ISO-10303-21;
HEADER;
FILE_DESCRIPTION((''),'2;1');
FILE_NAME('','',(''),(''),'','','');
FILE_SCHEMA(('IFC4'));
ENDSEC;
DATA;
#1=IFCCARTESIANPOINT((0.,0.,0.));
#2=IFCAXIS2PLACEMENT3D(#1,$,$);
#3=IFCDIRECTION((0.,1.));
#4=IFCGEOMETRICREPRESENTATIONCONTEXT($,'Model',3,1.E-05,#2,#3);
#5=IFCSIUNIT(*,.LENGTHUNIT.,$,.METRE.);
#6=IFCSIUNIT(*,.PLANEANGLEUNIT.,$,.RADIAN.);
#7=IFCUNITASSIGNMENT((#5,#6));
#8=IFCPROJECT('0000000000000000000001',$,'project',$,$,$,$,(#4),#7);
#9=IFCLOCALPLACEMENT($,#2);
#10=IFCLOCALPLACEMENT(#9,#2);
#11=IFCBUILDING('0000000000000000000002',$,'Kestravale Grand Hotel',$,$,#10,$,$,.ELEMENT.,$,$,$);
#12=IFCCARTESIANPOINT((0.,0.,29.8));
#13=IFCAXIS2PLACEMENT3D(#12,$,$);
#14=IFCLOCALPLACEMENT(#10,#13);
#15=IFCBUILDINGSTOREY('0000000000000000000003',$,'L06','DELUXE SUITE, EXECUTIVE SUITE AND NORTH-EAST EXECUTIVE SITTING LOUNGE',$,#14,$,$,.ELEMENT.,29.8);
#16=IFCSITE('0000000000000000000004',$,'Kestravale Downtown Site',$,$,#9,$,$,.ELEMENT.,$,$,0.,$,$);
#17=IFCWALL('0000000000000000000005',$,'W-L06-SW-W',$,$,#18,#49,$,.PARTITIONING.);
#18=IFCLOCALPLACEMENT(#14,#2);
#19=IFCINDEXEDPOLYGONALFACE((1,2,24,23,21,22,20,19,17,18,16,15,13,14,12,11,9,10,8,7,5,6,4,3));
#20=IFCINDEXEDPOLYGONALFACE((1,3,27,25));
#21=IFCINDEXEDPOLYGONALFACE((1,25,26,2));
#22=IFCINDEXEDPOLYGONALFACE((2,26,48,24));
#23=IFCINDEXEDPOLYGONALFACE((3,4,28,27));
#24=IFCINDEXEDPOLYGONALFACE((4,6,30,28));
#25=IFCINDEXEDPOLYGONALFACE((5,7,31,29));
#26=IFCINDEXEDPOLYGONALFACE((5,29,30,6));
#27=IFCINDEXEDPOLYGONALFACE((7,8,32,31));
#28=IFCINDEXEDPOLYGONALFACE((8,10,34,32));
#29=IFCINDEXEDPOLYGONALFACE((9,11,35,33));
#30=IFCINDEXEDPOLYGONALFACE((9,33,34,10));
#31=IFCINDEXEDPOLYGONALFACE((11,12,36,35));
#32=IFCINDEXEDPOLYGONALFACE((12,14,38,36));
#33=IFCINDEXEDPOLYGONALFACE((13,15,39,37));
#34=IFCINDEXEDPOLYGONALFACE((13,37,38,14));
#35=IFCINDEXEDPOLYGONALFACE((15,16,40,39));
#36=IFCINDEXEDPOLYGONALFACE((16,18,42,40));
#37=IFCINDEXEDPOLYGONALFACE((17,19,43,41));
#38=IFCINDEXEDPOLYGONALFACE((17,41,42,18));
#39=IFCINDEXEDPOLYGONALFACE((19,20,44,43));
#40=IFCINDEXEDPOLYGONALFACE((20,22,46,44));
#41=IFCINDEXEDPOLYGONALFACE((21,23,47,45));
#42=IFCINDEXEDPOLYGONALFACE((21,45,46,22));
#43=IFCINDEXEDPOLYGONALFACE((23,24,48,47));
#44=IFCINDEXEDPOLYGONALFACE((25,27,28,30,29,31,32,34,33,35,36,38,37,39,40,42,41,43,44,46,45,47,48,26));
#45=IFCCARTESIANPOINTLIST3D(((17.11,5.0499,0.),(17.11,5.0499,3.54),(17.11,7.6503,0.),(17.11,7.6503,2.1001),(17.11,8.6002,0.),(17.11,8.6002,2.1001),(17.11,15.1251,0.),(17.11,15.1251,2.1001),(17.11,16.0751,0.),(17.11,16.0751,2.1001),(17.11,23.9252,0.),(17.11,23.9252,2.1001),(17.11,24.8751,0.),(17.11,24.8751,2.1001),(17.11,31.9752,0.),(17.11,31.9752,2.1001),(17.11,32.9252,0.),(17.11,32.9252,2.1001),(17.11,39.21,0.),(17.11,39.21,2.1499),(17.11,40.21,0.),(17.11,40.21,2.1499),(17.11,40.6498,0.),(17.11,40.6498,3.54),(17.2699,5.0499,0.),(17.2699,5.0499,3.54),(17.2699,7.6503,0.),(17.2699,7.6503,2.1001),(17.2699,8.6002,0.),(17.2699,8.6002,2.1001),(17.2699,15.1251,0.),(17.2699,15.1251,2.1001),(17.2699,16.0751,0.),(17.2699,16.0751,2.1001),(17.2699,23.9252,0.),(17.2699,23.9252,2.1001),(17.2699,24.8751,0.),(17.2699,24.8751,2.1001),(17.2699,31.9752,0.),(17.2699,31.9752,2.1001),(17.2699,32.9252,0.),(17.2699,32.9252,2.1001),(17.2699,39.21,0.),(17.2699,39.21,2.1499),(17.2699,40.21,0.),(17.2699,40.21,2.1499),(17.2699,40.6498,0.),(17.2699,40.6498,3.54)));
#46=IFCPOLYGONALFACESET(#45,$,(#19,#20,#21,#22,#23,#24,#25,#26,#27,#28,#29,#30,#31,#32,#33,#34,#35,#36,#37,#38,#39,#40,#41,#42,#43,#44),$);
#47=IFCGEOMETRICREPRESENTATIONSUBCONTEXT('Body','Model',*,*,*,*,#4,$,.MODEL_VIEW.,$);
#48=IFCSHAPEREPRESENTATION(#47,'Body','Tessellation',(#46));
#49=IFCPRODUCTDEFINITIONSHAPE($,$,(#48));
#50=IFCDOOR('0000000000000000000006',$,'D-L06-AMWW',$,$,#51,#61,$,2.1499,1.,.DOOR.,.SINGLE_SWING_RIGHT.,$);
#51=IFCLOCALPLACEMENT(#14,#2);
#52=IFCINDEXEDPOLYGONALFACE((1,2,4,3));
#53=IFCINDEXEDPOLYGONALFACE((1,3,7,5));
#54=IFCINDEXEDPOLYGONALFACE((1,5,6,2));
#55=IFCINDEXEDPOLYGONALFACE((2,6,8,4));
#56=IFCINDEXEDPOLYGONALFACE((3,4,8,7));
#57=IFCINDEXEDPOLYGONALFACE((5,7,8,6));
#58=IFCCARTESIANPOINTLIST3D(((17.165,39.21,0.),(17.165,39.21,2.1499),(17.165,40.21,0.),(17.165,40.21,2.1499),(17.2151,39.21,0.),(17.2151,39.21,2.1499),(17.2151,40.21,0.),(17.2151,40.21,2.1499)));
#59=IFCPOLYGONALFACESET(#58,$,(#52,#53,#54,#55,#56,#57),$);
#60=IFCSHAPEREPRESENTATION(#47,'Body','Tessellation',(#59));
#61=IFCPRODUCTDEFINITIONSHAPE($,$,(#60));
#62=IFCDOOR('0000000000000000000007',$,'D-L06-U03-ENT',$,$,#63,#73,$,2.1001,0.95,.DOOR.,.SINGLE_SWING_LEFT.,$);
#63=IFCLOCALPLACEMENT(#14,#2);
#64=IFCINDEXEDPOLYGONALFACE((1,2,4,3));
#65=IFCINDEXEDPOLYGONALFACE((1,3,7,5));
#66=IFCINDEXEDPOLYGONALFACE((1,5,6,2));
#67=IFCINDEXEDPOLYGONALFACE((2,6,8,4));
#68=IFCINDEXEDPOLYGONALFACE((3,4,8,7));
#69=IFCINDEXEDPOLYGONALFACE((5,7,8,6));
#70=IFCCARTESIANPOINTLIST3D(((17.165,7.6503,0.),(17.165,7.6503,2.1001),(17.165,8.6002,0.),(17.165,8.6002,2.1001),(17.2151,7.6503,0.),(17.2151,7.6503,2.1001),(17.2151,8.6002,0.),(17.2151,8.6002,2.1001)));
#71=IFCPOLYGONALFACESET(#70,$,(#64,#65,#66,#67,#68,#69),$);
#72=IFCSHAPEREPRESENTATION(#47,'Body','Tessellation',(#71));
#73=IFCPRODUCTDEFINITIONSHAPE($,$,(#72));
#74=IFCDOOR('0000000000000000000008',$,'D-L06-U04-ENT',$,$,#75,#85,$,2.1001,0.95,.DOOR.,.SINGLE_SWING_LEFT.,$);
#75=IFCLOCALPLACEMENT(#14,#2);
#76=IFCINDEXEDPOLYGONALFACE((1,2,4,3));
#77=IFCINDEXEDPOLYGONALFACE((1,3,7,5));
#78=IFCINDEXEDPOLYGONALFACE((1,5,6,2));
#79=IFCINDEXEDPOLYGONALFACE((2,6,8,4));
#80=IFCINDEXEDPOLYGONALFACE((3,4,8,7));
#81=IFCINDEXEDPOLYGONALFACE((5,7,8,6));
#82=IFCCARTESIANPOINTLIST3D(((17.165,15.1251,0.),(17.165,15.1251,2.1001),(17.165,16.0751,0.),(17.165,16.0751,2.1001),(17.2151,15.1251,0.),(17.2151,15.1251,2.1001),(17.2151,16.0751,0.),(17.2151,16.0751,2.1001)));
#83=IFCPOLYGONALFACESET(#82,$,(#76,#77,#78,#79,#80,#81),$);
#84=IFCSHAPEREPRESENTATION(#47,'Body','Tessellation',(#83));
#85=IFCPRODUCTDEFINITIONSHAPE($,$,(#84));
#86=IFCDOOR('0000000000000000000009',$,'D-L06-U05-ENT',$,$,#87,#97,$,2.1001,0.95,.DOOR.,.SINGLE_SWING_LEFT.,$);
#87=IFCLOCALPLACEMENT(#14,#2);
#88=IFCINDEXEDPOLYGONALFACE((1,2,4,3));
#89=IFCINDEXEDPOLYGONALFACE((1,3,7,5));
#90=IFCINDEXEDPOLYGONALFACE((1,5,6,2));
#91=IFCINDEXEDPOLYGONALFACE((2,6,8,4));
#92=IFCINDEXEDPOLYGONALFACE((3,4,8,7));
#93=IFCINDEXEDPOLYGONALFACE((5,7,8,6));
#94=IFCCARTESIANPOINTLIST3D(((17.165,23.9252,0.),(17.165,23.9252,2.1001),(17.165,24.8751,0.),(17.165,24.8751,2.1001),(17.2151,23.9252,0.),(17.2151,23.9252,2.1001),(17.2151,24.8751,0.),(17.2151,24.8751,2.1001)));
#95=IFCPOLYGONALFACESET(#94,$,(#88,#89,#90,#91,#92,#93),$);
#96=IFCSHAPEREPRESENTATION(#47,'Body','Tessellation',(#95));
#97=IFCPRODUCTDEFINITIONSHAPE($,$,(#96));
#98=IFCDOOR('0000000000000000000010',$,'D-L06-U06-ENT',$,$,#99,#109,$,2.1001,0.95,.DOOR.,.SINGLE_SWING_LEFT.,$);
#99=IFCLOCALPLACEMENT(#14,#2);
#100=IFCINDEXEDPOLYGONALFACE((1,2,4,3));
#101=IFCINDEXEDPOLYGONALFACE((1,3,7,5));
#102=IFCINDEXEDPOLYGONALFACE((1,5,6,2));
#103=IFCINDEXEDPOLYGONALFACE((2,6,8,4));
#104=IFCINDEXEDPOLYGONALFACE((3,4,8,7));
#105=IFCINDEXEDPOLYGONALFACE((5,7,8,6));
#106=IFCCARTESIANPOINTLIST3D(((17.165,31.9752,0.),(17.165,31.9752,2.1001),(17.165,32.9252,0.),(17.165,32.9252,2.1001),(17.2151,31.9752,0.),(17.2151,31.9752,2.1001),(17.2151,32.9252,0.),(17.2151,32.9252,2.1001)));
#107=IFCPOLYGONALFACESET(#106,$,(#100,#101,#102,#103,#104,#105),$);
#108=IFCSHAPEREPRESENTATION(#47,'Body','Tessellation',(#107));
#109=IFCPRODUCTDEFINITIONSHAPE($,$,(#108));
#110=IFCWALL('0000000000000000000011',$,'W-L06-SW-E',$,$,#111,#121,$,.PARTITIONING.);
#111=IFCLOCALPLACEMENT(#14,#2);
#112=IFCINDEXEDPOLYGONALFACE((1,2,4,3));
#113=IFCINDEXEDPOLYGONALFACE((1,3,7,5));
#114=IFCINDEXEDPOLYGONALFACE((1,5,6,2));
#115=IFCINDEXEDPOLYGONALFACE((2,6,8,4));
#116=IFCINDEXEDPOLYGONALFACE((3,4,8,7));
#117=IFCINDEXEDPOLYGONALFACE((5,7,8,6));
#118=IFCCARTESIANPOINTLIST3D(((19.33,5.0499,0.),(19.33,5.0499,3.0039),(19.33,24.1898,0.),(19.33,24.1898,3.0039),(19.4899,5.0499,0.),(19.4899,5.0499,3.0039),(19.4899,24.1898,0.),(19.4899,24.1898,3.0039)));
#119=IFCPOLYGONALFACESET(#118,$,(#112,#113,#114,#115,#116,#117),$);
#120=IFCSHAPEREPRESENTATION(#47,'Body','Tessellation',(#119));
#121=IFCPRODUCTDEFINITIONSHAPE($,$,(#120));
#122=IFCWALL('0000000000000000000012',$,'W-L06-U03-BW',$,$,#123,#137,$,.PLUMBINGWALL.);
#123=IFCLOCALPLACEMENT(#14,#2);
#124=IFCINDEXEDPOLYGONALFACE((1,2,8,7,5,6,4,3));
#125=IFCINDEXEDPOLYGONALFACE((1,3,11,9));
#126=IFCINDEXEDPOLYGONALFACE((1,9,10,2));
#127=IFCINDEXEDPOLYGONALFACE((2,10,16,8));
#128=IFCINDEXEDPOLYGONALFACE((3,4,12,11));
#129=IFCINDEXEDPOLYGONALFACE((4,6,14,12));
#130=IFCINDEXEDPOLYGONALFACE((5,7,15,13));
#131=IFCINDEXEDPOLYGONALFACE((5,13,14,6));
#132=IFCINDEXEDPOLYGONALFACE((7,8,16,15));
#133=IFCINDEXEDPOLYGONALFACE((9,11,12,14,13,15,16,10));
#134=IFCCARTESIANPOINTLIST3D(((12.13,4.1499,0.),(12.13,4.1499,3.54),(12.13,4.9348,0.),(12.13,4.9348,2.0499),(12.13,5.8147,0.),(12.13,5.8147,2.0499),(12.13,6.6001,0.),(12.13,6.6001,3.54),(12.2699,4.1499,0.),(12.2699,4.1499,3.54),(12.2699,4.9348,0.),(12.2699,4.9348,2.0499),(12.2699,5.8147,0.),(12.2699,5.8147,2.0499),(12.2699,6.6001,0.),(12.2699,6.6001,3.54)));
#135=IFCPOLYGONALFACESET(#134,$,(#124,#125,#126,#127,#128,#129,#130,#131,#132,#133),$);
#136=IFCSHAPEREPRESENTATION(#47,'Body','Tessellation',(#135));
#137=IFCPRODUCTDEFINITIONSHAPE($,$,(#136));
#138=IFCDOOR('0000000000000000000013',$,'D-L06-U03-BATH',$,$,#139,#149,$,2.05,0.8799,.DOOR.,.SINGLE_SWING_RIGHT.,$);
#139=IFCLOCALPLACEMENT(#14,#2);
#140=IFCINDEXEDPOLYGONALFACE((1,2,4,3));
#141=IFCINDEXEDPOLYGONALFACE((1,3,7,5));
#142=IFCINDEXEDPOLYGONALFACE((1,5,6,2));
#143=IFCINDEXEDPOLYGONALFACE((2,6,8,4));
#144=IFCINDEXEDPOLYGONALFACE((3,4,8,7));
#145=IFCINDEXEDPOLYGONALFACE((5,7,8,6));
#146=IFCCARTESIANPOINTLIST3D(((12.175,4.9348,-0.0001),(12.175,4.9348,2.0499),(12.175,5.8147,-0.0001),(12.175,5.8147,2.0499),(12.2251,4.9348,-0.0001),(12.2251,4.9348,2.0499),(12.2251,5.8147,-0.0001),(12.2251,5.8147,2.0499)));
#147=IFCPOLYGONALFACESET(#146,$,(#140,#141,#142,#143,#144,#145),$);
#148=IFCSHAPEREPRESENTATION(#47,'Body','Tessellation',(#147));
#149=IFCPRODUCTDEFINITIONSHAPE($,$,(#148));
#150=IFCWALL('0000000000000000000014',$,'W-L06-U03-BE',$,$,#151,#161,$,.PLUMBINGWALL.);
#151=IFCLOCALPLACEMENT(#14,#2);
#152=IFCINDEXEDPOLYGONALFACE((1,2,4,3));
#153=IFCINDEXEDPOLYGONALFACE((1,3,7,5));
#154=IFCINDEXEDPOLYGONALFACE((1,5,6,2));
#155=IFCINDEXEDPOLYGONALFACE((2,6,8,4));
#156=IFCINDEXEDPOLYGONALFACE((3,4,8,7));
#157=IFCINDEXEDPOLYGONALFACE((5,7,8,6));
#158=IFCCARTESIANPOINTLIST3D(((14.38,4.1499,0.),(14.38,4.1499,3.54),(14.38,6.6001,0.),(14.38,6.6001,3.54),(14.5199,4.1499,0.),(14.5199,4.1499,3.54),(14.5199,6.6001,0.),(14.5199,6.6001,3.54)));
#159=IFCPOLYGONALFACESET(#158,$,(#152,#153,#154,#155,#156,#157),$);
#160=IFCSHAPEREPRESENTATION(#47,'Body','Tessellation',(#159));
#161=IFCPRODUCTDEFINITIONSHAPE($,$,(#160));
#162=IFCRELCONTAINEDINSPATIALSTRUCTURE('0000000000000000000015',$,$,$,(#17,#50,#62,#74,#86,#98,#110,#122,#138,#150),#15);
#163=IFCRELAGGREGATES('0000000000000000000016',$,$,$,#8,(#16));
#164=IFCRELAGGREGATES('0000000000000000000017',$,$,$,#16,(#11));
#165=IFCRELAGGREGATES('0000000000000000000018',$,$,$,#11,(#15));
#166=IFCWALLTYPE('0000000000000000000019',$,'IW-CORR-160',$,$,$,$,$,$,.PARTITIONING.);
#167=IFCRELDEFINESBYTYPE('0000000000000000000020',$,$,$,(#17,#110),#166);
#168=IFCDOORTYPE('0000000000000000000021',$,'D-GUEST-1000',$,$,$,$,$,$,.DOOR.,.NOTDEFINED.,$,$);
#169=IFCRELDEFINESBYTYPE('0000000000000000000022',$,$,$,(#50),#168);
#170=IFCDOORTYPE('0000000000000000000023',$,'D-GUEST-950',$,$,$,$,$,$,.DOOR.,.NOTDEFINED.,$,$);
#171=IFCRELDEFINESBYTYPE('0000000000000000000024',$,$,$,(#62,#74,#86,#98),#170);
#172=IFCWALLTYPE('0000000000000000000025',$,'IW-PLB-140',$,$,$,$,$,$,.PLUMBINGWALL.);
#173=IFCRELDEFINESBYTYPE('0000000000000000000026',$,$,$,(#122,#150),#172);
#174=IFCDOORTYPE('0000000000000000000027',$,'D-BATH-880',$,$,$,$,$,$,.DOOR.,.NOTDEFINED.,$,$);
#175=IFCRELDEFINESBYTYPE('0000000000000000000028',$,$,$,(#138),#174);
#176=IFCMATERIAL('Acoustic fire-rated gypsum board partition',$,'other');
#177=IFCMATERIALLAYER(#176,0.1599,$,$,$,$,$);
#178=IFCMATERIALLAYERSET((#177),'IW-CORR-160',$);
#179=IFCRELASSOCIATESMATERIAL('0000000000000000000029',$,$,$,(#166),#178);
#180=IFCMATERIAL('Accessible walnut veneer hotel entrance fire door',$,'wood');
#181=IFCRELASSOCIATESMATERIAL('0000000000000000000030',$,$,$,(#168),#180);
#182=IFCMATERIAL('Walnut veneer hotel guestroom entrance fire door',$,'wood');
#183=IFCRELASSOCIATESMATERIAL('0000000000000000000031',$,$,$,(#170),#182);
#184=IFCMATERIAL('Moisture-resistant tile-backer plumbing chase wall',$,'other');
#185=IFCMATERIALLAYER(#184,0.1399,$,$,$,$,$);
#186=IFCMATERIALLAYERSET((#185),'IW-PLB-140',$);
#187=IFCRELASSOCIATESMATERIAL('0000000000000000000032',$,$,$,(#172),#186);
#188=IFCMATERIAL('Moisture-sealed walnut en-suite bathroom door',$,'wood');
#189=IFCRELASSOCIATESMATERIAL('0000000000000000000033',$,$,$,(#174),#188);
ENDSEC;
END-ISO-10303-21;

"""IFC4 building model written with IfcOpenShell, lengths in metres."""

from ifc_helpers import new_model, si_unit, direction, frame, frame_2d, origin, place, context, subcontext, project, spatial, rectangle, extrude, material, layer, layer_set, type_object, element, fill, save


model = new_model("IFC4")

# Units and contexts
model_context = context("Model", 3, precision=1e-05, world=origin(), true_north=direction((0.0, 1.0)))
body_context = subcontext(model_context, "Body", "Model", "MODEL_VIEW")
ifc_project = project(units=[si_unit("LENGTHUNIT", "METRE"), si_unit("PLANEANGLEUNIT", "RADIAN")], contexts=[model_context])

# Site, building, storey
site_placement = place(None, origin())
site = spatial("IfcSite", under=ifc_project, at=site_placement, Name="Kestravale Downtown Site", CompositionType="ELEMENT", RefElevation=0.0)
building_placement = place(site_placement, origin())
building = spatial("IfcBuilding", under=site, at=building_placement, Name="Kestravale Grand Hotel", CompositionType="ELEMENT")
storey_placement = place(building_placement, frame((0.0, 0.0, 29.8)))
storey = spatial("IfcBuildingStorey", under=building, at=storey_placement, Name="L06", Description="DELUXE SUITE, EXECUTIVE SUITE AND NORTH-EAST EXECUTIVE SITTING LOUNGE", CompositionType="ELEMENT", Elevation=29.8)

# Wall, openings, doors
ifc_material_1 = material(Name="Acoustic fire-rated gypsum board partition", Category="other")
ifc_layer_1 = layer(ifc_material_1, 0.1599)
ifc_layer_set_1 = layer_set([ifc_layer_1], Name="IW-CORR-160")
wall_type_1 = type_object("IfcWallType", Name="IW-CORR-160", PredefinedType="PARTITIONING", material=ifc_layer_set_1)
wall_1_placement = place(storey_placement, frame((17.1899, 5.05, 0.0), z_axis=(0.0, 0.0, 1.0), x_axis=(0.0, 1.0, 0.0)))
wall_1 = element("IfcWall", 1, at=wall_1_placement, inside=storey, type_object=wall_type_1, Name="W-L06-SW-W", PredefinedType="PARTITIONING", context=body_context, shape_type="SweptSolid", body=[
    extrude(rectangle(XDim=35.5999, YDim=0.1599, at=frame_2d((17.7998, 0.0))), origin(), (0.0, 0.0, 1.0), 3.54),
])
opening_1_placement = place(wall_1_placement, frame((2.6001, 0.0, 0.0)))
opening_1 = element("IfcOpeningElement", 2, at=opening_1_placement, cuts=wall_1, PredefinedType="OPENING", context=body_context, shape_type="SweptSolid", body=[
    extrude(rectangle(XDim=0.95, YDim=2.1001, at=frame_2d((0.4751, 1.05))), frame((0.0, 0.0898, 0.0), z_axis=(0.0, -1.0, 0.0), x_axis=(1.0, 0.0, 0.0)), (0.0, 0.0, 1.0), 0.1799),
])
opening_2_placement = place(wall_1_placement, frame((10.075, 0.0, 0.0)))
opening_2 = element("IfcOpeningElement", 3, at=opening_2_placement, cuts=wall_1, PredefinedType="OPENING", context=body_context, shape_type="SweptSolid", body=[
    extrude(rectangle(XDim=0.95, YDim=2.1001, at=frame_2d((0.4751, 1.05))), frame((0.0, 0.0898, 0.0), z_axis=(0.0, -1.0, 0.0), x_axis=(1.0, 0.0, 0.0)), (0.0, 0.0, 1.0), 0.1799),
])
opening_3_placement = place(wall_1_placement, frame((18.875, 0.0, 0.0)))
opening_3 = element("IfcOpeningElement", 4, at=opening_3_placement, cuts=wall_1, PredefinedType="OPENING", context=body_context, shape_type="SweptSolid", body=[
    extrude(rectangle(XDim=0.95, YDim=2.1001, at=frame_2d((0.4751, 1.05))), frame((0.0, 0.0898, 0.0), z_axis=(0.0, -1.0, 0.0), x_axis=(1.0, 0.0, 0.0)), (0.0, 0.0, 1.0), 0.1799),
])
opening_4_placement = place(wall_1_placement, frame((26.925, 0.0, 0.0)))
opening_4 = element("IfcOpeningElement", 5, at=opening_4_placement, cuts=wall_1, PredefinedType="OPENING", context=body_context, shape_type="SweptSolid", body=[
    extrude(rectangle(XDim=0.95, YDim=2.1001, at=frame_2d((0.4751, 1.05))), frame((0.0, 0.0898, 0.0), z_axis=(0.0, -1.0, 0.0), x_axis=(1.0, 0.0, 0.0)), (0.0, 0.0, 1.0), 0.1799),
])
opening_5_placement = place(wall_1_placement, frame((34.1599, 0.0, 0.0)))
opening_5 = element("IfcOpeningElement", 6, at=opening_5_placement, cuts=wall_1, PredefinedType="OPENING", context=body_context, shape_type="SweptSolid", body=[
    extrude(rectangle(XDim=1.0, YDim=2.1499, at=frame_2d((0.5, 1.075))), frame((0.0, 0.0898, 0.0), z_axis=(0.0, -1.0, 0.0), x_axis=(1.0, 0.0, 0.0)), (0.0, 0.0, 1.0), 0.1799),
])
ifc_material_2 = material(Name="Accessible walnut veneer hotel entrance fire door", Category="wood")
door_type_1 = type_object("IfcDoorType", Name="D-GUEST-1000", OperationType="NOTDEFINED", PredefinedType="DOOR", material=ifc_material_2)
door_1_placement = place(opening_5_placement, origin())
door_1 = element("IfcDoor", 7, at=door_1_placement, inside=storey, type_object=door_type_1, Name="D-L06-AMWW", OperationType="SINGLE_SWING_RIGHT", OverallHeight=2.1499, OverallWidth=1.0, PredefinedType="DOOR", context=body_context, shape_type="SweptSolid", body=[
    extrude(rectangle(XDim=1.0, YDim=2.1499, at=frame_2d((0.5, 1.075))), frame((0.0, 0.0249, 0.0), z_axis=(0.0, -1.0, 0.0), x_axis=(1.0, 0.0, 0.0)), (0.0, 0.0, 1.0), 0.05),
])
fill(opening_5, door_1)
ifc_material_3 = material(Name="Walnut veneer hotel guestroom entrance fire door", Category="wood")
door_type_2 = type_object("IfcDoorType", Name="D-GUEST-950", OperationType="NOTDEFINED", PredefinedType="DOOR", material=ifc_material_3)
door_2_placement = place(opening_1_placement, origin())
door_2 = element("IfcDoor", 8, at=door_2_placement, inside=storey, type_object=door_type_2, Name="D-L06-U03-ENT", OperationType="SINGLE_SWING_LEFT", OverallHeight=2.1001, OverallWidth=0.95, PredefinedType="DOOR", context=body_context, shape_type="SweptSolid", body=[
    extrude(rectangle(XDim=0.95, YDim=2.1001, at=frame_2d((0.4751, 1.05))), frame((0.0, 0.0249, 0.0), z_axis=(0.0, -1.0, 0.0), x_axis=(1.0, 0.0, 0.0)), (0.0, 0.0, 1.0), 0.05),
])
fill(opening_1, door_2)
door_3_placement = place(opening_2_placement, origin())
door_3 = element("IfcDoor", 9, at=door_3_placement, inside=storey, type_object=door_type_2, Name="D-L06-U04-ENT", OperationType="SINGLE_SWING_LEFT", OverallHeight=2.1001, OverallWidth=0.95, PredefinedType="DOOR", context=body_context, shape_type="SweptSolid", body=[
    extrude(rectangle(XDim=0.95, YDim=2.1001, at=frame_2d((0.4751, 1.05))), frame((0.0, 0.0249, 0.0), z_axis=(0.0, -1.0, 0.0), x_axis=(1.0, 0.0, 0.0)), (0.0, 0.0, 1.0), 0.05),
])
fill(opening_2, door_3)
door_4_placement = place(opening_3_placement, origin())
door_4 = element("IfcDoor", 10, at=door_4_placement, inside=storey, type_object=door_type_2, Name="D-L06-U05-ENT", OperationType="SINGLE_SWING_LEFT", OverallHeight=2.1001, OverallWidth=0.95, PredefinedType="DOOR", context=body_context, shape_type="SweptSolid", body=[
    extrude(rectangle(XDim=0.95, YDim=2.1001, at=frame_2d((0.4751, 1.05))), frame((0.0, 0.0249, 0.0), z_axis=(0.0, -1.0, 0.0), x_axis=(1.0, 0.0, 0.0)), (0.0, 0.0, 1.0), 0.05),
])
fill(opening_3, door_4)
door_5_placement = place(opening_4_placement, origin())
door_5 = element("IfcDoor", 11, at=door_5_placement, inside=storey, type_object=door_type_2, Name="D-L06-U06-ENT", OperationType="SINGLE_SWING_LEFT", OverallHeight=2.1001, OverallWidth=0.95, PredefinedType="DOOR", context=body_context, shape_type="SweptSolid", body=[
    extrude(rectangle(XDim=0.95, YDim=2.1001, at=frame_2d((0.4751, 1.05))), frame((0.0, 0.0249, 0.0), z_axis=(0.0, -1.0, 0.0), x_axis=(1.0, 0.0, 0.0)), (0.0, 0.0, 1.0), 0.05),
])
fill(opening_4, door_5)

# Wall
wall_2_placement = place(storey_placement, frame((19.4099, 5.05, 0.0), z_axis=(0.0, 0.0, 1.0), x_axis=(0.0, 1.0, 0.0)))
element("IfcWall", 12, at=wall_2_placement, inside=storey, type_object=wall_type_1, Name="W-L06-SW-E", PredefinedType="PARTITIONING", context=body_context, shape_type="SweptSolid", body=[
    extrude(rectangle(XDim=19.1399, YDim=0.1599, at=frame_2d((9.5698, 0.0))), origin(), (0.0, 0.0, 1.0), 3.0039),
])

# Wall, opening, door
ifc_material_4 = material(Name="Moisture-resistant tile-backer plumbing chase wall", Category="other")
ifc_layer_2 = layer(ifc_material_4, 0.1399)
ifc_layer_set_2 = layer_set([ifc_layer_2], Name="IW-PLB-140")
wall_type_2 = type_object("IfcWallType", Name="IW-PLB-140", PredefinedType="PLUMBINGWALL", material=ifc_layer_set_2)
wall_3_placement = place(storey_placement, frame((12.2, 4.1499, 0.0), z_axis=(0.0, 0.0, 1.0), x_axis=(0.0, 1.0, 0.0)))
wall_3 = element("IfcWall", 13, at=wall_3_placement, inside=storey, type_object=wall_type_2, Name="W-L06-U03-BW", PredefinedType="PLUMBINGWALL", context=body_context, shape_type="SweptSolid", body=[
    extrude(rectangle(XDim=2.4502, YDim=0.1399, at=frame_2d((1.2251, 0.0))), origin(), (0.0, 0.0, 1.0), 3.54),
])
opening_6_placement = place(wall_3_placement, frame((0.7849, 0.0, 0.0)))
opening_6 = element("IfcOpeningElement", 14, at=opening_6_placement, cuts=wall_3, PredefinedType="OPENING", context=body_context, shape_type="SweptSolid", body=[
    extrude(rectangle(XDim=0.8799, YDim=2.05, at=frame_2d((0.4399, 1.0249))), frame((0.0, 0.0798, 0.0), z_axis=(0.0, -1.0, 0.0), x_axis=(1.0, 0.0, 0.0)), (0.0, 0.0, 1.0), 0.1599),
])
ifc_material_5 = material(Name="Moisture-sealed walnut en-suite bathroom door", Category="wood")
door_type_3 = type_object("IfcDoorType", Name="D-BATH-880", OperationType="NOTDEFINED", PredefinedType="DOOR", material=ifc_material_5)
door_6_placement = place(opening_6_placement, origin())
door_6 = element("IfcDoor", 15, at=door_6_placement, inside=storey, type_object=door_type_3, Name="D-L06-U03-BATH", OperationType="SINGLE_SWING_RIGHT", OverallHeight=2.05, OverallWidth=0.8799, PredefinedType="DOOR", context=body_context, shape_type="SweptSolid", body=[
    extrude(rectangle(XDim=0.8799, YDim=2.05, at=frame_2d((0.4399, 1.0249))), frame((0.0, 0.0249, 0.0), z_axis=(0.0, -1.0, 0.0), x_axis=(1.0, 0.0, 0.0)), (0.0, 0.0, 1.0), 0.05),
])
fill(opening_6, door_6)

# Wall
wall_4_placement = place(storey_placement, frame((14.45, 4.1499, 0.0), z_axis=(0.0, 0.0, 1.0), x_axis=(0.0, 1.0, 0.0)))
element("IfcWall", 16, at=wall_4_placement, inside=storey, type_object=wall_type_2, Name="W-L06-U03-BE", PredefinedType="PLUMBINGWALL", context=body_context, shape_type="SweptSolid", body=[
    extrude(rectangle(XDim=2.4502, YDim=0.1399, at=frame_2d((1.2251, 0.0))), origin(), (0.0, 0.0, 1.0), 3.54),
])

save(model, "model.ifc")
